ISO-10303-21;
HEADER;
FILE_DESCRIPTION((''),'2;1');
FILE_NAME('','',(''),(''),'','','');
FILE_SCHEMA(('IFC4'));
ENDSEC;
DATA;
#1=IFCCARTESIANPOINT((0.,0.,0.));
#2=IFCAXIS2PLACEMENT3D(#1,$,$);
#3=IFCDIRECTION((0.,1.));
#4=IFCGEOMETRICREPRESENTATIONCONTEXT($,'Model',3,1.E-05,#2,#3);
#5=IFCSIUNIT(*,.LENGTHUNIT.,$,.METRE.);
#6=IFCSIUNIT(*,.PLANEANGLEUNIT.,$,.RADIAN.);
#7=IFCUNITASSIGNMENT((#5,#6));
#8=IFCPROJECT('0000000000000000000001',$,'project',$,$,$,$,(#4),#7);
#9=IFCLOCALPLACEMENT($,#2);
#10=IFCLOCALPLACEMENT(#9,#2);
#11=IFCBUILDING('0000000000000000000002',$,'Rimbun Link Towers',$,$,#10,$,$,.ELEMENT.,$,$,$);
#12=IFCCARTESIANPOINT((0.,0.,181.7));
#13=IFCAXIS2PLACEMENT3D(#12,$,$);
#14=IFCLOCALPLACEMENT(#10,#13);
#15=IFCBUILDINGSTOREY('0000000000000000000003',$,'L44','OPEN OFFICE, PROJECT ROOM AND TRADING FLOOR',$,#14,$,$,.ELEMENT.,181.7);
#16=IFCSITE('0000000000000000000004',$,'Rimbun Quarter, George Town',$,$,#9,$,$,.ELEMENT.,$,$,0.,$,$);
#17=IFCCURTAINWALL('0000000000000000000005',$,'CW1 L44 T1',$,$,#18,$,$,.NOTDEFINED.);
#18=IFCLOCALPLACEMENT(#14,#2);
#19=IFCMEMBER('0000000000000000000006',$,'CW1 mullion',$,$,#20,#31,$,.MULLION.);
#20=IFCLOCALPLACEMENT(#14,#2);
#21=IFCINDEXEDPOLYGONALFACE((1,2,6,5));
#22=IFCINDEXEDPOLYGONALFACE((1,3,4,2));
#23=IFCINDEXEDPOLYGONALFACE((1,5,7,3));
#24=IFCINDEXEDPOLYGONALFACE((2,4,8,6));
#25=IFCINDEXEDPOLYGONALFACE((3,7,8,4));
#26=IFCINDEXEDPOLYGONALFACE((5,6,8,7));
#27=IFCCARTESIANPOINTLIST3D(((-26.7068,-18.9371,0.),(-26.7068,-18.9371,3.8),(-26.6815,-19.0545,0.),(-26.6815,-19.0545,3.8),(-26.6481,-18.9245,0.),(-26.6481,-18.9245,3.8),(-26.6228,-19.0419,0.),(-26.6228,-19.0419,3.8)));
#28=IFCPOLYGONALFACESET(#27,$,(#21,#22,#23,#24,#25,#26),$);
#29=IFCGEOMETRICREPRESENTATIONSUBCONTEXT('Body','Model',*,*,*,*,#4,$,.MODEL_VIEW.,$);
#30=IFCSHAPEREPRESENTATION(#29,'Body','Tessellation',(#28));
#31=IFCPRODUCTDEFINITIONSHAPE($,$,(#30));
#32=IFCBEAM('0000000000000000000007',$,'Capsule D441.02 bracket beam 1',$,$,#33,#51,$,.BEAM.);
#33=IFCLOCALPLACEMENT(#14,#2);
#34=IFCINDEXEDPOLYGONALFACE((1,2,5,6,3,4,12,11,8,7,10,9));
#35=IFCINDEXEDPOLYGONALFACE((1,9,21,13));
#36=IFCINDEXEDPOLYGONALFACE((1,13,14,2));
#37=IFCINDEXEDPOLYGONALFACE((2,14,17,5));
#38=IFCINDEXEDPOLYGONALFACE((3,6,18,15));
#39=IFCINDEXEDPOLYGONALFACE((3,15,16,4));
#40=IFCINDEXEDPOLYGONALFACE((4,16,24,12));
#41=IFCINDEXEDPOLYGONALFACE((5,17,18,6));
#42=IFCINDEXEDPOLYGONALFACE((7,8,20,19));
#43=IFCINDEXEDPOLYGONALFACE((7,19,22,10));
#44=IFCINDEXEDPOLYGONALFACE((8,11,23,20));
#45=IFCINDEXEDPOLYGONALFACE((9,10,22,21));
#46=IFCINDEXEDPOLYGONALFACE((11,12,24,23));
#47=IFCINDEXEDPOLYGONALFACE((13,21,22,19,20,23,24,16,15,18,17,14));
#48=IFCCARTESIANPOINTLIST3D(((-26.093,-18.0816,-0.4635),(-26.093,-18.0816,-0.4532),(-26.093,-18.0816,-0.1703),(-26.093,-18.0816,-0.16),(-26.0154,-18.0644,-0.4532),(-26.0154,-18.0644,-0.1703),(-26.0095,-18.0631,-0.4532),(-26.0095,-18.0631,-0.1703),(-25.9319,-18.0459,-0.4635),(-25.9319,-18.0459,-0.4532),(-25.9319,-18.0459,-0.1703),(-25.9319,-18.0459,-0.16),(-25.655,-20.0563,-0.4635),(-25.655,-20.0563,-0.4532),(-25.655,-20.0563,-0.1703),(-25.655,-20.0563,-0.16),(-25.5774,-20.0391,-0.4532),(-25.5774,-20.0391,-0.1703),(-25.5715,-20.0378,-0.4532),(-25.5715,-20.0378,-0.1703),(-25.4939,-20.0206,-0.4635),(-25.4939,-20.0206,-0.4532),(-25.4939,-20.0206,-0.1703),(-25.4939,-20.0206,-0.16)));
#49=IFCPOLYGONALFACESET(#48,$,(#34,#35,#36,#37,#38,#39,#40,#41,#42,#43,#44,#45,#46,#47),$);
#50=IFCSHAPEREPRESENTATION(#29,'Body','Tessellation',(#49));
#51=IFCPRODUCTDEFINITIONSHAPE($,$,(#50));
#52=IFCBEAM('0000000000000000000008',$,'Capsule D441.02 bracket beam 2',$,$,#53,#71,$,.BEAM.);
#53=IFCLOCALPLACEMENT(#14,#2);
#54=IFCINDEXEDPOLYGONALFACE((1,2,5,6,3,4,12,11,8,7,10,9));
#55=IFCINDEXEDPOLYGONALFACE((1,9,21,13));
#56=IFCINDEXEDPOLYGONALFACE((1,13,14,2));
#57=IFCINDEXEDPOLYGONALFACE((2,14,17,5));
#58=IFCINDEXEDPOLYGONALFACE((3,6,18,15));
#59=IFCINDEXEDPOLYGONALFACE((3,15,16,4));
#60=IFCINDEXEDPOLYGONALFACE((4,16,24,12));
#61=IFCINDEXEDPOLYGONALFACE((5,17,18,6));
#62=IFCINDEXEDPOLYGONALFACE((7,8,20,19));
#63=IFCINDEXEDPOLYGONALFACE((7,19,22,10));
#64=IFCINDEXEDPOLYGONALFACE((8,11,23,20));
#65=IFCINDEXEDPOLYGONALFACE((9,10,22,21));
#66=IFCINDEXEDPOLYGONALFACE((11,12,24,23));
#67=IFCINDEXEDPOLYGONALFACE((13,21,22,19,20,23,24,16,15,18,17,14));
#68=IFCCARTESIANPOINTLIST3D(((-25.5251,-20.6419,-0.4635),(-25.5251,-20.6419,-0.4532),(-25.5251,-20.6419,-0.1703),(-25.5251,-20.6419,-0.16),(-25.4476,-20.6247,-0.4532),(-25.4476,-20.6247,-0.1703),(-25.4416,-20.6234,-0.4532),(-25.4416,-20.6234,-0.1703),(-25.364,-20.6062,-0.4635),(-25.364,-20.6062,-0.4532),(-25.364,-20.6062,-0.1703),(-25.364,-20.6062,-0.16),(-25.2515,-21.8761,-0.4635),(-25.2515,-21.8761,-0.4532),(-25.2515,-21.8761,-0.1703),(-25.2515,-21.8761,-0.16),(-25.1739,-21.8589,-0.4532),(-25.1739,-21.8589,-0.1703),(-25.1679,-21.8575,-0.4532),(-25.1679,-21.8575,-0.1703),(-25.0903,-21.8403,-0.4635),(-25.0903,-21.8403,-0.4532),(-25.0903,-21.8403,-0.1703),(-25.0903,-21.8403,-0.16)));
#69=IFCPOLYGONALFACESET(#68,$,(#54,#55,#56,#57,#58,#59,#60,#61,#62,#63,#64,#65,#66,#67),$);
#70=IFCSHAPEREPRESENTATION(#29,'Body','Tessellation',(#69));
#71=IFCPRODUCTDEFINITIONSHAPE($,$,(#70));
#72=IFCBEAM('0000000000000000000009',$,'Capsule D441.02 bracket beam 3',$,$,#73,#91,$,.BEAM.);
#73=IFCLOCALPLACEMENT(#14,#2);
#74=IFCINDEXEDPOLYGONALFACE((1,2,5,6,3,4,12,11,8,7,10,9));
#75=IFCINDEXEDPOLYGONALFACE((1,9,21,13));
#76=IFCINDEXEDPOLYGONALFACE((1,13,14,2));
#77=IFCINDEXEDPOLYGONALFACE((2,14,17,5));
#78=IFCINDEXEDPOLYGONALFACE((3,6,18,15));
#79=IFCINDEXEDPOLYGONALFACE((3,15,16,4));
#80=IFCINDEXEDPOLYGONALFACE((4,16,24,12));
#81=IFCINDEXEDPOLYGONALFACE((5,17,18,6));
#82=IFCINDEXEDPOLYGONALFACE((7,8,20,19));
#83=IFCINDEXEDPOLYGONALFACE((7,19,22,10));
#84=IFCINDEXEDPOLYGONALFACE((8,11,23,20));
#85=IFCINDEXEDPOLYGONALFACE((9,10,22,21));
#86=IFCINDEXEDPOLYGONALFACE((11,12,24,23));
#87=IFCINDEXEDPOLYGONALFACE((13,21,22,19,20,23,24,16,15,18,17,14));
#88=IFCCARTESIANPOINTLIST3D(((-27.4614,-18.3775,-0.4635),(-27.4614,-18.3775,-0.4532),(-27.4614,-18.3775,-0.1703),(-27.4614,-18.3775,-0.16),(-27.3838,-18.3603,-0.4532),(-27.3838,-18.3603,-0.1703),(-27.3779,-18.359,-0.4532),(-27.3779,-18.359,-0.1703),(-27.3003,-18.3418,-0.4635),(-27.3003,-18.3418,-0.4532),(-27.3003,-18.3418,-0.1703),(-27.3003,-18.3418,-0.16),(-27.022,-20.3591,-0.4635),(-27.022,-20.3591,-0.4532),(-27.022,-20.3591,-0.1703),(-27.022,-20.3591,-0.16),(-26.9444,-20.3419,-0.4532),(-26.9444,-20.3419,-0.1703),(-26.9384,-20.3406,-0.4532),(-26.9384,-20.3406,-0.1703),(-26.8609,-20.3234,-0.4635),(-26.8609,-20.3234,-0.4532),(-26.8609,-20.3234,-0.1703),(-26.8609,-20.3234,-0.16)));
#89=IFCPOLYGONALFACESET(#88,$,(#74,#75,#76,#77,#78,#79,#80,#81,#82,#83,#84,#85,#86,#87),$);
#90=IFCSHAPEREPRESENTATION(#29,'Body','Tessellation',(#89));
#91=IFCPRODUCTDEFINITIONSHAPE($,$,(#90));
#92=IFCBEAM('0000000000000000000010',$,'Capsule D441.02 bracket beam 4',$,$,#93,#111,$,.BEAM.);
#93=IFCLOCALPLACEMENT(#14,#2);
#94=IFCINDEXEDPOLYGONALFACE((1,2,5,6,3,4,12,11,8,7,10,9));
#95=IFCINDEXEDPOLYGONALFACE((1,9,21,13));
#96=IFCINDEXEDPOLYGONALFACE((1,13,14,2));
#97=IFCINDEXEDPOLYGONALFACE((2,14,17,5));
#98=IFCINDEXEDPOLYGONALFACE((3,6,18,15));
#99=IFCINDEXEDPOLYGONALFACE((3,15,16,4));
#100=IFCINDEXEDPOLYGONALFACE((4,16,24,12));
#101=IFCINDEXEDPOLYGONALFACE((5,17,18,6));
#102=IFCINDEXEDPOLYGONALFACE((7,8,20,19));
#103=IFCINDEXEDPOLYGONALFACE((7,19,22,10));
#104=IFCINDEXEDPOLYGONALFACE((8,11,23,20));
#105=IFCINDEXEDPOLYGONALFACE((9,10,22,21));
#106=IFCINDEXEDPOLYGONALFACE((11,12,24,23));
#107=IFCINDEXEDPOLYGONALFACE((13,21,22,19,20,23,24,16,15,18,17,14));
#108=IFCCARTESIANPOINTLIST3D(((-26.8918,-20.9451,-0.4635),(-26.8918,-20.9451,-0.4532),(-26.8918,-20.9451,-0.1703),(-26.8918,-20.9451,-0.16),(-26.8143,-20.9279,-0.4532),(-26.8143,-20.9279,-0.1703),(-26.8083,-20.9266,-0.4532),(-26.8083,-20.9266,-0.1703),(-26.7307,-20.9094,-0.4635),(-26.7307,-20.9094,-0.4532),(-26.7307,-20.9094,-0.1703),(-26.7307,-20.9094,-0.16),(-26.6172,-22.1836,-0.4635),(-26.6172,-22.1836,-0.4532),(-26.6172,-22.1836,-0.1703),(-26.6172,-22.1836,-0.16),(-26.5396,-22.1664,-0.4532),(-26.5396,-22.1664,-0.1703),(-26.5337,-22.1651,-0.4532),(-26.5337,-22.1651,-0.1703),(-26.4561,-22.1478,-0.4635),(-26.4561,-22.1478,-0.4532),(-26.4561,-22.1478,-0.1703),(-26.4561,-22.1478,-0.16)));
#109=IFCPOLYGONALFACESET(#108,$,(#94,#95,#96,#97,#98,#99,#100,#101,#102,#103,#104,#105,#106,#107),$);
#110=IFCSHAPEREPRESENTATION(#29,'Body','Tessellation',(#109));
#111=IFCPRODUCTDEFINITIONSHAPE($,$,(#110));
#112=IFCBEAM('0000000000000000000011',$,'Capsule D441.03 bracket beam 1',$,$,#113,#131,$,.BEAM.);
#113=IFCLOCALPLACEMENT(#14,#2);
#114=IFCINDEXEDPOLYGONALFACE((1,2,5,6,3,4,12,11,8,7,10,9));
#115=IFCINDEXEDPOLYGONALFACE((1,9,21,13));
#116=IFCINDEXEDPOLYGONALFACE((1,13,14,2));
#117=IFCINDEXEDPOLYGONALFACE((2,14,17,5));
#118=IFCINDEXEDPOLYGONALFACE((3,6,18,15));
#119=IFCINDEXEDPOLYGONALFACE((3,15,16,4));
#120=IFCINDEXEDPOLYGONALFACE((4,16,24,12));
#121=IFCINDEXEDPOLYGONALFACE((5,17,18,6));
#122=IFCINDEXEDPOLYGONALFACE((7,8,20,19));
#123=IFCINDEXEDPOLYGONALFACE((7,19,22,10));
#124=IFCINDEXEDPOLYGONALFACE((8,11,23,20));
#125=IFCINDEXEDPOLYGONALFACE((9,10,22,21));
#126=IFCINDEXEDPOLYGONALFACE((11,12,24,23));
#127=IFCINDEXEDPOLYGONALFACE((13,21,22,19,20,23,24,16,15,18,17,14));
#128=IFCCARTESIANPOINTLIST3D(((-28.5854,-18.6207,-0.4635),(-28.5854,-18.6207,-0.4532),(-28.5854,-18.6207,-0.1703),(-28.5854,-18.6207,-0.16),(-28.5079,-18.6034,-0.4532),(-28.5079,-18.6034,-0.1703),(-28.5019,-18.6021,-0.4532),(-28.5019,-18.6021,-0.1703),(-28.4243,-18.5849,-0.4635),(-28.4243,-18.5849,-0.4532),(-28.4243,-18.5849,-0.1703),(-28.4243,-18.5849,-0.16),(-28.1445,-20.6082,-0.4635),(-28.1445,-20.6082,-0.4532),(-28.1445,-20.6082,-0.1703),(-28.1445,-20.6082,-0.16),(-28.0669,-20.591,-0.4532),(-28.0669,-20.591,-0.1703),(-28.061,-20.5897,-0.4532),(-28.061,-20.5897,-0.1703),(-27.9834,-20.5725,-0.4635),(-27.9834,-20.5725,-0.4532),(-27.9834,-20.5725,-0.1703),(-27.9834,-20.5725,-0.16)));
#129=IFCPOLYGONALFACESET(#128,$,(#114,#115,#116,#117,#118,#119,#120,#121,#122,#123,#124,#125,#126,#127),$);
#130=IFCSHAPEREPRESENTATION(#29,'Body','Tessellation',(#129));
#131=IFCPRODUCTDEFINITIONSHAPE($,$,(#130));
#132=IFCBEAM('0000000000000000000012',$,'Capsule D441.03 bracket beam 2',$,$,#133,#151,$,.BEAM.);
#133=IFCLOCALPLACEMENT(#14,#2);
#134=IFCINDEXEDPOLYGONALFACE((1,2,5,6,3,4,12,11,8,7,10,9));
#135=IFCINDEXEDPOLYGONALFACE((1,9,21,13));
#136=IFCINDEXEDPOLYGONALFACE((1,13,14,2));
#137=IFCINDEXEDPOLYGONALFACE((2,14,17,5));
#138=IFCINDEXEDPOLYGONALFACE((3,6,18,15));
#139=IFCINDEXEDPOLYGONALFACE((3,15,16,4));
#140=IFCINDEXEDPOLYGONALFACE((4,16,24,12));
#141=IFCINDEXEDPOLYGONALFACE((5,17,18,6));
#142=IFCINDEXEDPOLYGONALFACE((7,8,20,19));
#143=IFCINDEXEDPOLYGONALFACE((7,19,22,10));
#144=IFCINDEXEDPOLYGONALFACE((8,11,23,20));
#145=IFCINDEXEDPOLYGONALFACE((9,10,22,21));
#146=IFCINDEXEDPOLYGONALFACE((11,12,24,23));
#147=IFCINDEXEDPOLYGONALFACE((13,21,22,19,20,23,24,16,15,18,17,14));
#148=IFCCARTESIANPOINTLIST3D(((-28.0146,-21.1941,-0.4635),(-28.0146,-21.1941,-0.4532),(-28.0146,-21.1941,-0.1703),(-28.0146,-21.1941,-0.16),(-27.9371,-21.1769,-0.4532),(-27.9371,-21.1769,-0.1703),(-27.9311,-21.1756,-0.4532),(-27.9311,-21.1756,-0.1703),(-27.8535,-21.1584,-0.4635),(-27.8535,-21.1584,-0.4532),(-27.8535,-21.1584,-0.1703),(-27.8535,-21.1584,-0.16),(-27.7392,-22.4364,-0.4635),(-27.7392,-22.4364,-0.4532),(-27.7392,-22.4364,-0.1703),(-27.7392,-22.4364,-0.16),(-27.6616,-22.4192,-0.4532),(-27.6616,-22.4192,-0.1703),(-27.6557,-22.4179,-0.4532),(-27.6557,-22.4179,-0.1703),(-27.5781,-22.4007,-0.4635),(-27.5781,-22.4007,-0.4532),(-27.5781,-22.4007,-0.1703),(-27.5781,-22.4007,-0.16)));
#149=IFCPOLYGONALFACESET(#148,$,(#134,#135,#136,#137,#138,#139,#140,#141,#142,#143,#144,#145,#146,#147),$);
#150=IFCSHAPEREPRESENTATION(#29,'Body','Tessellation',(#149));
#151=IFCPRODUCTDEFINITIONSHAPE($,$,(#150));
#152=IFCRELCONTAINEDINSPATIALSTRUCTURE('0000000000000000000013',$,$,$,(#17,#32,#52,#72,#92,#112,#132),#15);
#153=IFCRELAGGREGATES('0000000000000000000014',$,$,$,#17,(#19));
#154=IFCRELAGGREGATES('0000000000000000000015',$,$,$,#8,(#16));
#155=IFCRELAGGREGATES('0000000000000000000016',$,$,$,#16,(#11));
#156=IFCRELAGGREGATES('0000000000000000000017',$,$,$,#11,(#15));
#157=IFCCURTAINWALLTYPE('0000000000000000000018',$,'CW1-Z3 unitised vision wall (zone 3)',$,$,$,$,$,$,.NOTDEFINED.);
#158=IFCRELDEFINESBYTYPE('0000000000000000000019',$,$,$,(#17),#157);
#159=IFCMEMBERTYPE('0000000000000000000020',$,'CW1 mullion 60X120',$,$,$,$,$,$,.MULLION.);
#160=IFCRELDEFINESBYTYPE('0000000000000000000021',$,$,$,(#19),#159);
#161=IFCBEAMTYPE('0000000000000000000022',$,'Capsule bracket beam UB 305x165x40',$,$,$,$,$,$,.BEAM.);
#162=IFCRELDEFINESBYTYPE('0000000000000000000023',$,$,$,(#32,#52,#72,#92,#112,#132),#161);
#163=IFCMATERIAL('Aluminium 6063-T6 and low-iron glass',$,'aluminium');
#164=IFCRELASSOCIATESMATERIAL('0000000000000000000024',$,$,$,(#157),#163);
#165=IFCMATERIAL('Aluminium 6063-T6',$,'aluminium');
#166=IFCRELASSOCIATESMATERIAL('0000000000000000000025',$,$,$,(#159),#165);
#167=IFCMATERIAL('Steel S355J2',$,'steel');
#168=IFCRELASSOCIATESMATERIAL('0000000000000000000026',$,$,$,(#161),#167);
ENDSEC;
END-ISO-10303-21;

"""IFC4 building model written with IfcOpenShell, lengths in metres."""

from ifc_helpers import new_model, si_unit, direction, frame, origin, origin_2d, place, context, subcontext, project, spatial, rectangle, i_section, extrude, material, material_profile, profile_set, type_object, element, aggregate, save


model = new_model("IFC4")

# Units and contexts
model_context = context("Model", 3, precision=1e-05, world=origin(), true_north=direction((0.0, 1.0)))
body_context = subcontext(model_context, "Body", "Model", "MODEL_VIEW")
ifc_project = project(units=[si_unit("LENGTHUNIT", "METRE"), si_unit("PLANEANGLEUNIT", "RADIAN")], contexts=[model_context])

# Site, building, storey
site_placement = place(None, origin())
site = spatial("IfcSite", under=ifc_project, at=site_placement, Name="Rimbun Quarter, George Town", CompositionType="ELEMENT", RefElevation=0.0)
building_placement = place(site_placement, origin())
building = spatial("IfcBuilding", under=site, at=building_placement, Name="Rimbun Link Towers", CompositionType="ELEMENT")
storey_placement = place(building_placement, frame((0.0, 0.0, 181.7)))
storey = spatial("IfcBuildingStorey", under=building, at=storey_placement, Name="L44", Description="OPEN OFFICE, PROJECT ROOM AND TRADING FLOOR", CompositionType="ELEMENT", Elevation=181.7)

# Curtain wall, member
ifc_material_1 = material(Name="Aluminium 6063-T6 and low-iron glass", Category="aluminium")
curtain_wall_type = type_object("IfcCurtainWallType", Name="CW1-Z3 unitised vision wall (zone 3)", PredefinedType="NOTDEFINED", material=ifc_material_1)
curtain_wall_placement = place(storey_placement, origin())
curtain_wall = element("IfcCurtainWall", 1, at=curtain_wall_placement, inside=storey, type_object=curtain_wall_type, Name="CW1 L44 T1", PredefinedType="NOTDEFINED")
ifc_material_2 = material(Name="Aluminium 6063-T6", Category="aluminium")
ifc_material_profile_1 = material_profile(ifc_material_2, rectangle(XDim=0.1201, YDim=0.0601, at=origin_2d()), Name="MULLION 60X120")
ifc_profile_set_1 = profile_set([ifc_material_profile_1], Name="Aluminium 6063-T6")
member_type = type_object("IfcMemberType", Name="CW1 mullion 60X120", PredefinedType="MULLION", material=ifc_profile_set_1)
member_placement = place(storey_placement, frame((-26.6648, -18.9895, 0.0), z_axis=(0.0, 0.0, 1.0), x_axis=(0.210877, -0.977513, 0.0)))
member = element("IfcMember", 2, at=member_placement, type_object=member_type, Name="CW1 mullion", PredefinedType="MULLION", context=body_context, shape_type="SweptSolid", body=[
    extrude(rectangle(XDim=0.1201, YDim=0.0601, at=origin_2d()), origin(), (0.0, 0.0, 1.0), 3.8),
])
aggregate(curtain_wall, [member])

# Beams
ifc_material_3 = material(Name="Steel S355J2", Category="steel")
ifc_material_profile_2 = material_profile(ifc_material_3, i_section(OverallWidth=0.165, OverallDepth=0.3035, WebThickness=0.0061, FlangeThickness=0.0103, at=origin_2d()), Name="UB 305x165x40")
ifc_profile_set_2 = profile_set([ifc_material_profile_2], Name="Steel S355J2")
beam_type = type_object("IfcBeamType", Name="Capsule bracket beam UB 305x165x40", PredefinedType="BEAM", material=ifc_profile_set_2)
beam_1_placement = place(storey_placement, frame((-26.0125, -18.0637, -0.3118), z_axis=(0.216547, -0.976272, 0.0), x_axis=(0.976272, 0.216547, 0.0)))
element("IfcBeam", 3, at=beam_1_placement, inside=storey, type_object=beam_type, Name="Capsule D441.02 bracket beam 1", PredefinedType="BEAM", context=body_context, shape_type="SweptSolid", body=[
    extrude(i_section(OverallWidth=0.165, OverallDepth=0.3035, WebThickness=0.0061, FlangeThickness=0.0103, at=origin_2d()), origin(), (0.0, 0.0, 1.0), 2.0227),
])
beam_2_placement = place(storey_placement, frame((-25.4446, -20.624, -0.3118), z_axis=(0.216501, -0.976282, 0.0), x_axis=(0.976282, 0.216501, 0.0)))
element("IfcBeam", 4, at=beam_2_placement, inside=storey, type_object=beam_type, Name="Capsule D441.02 bracket beam 2", PredefinedType="BEAM", context=body_context, shape_type="SweptSolid", body=[
    extrude(i_section(OverallWidth=0.165, OverallDepth=0.3035, WebThickness=0.0061, FlangeThickness=0.0103, at=origin_2d()), origin(), (0.0, 0.0, 1.0), 1.2642),
])
beam_3_placement = place(storey_placement, frame((-27.3809, -18.3596, -0.3118), z_axis=(0.216497, -0.976283, 0.0), x_axis=(0.976283, 0.216497, 0.0)))
element("IfcBeam", 5, at=beam_3_placement, inside=storey, type_object=beam_type, Name="Capsule D441.02 bracket beam 3", PredefinedType="BEAM", context=body_context, shape_type="SweptSolid", body=[
    extrude(i_section(OverallWidth=0.165, OverallDepth=0.3035, WebThickness=0.0061, FlangeThickness=0.0103, at=origin_2d()), origin(), (0.0, 0.0, 1.0), 2.0298),
])
beam_4_placement = place(storey_placement, frame((-26.8113, -20.9272, -0.3118), z_axis=(0.216503, -0.976282, 0.0), x_axis=(0.976282, 0.216503, 0.0)))
element("IfcBeam", 6, at=beam_4_placement, inside=storey, type_object=beam_type, Name="Capsule D441.02 bracket beam 4", PredefinedType="BEAM", context=body_context, shape_type="SweptSolid", body=[
    extrude(i_section(OverallWidth=0.165, OverallDepth=0.3035, WebThickness=0.0061, FlangeThickness=0.0103, at=origin_2d()), origin(), (0.0, 0.0, 1.0), 1.2686),
])
beam_5_placement = place(storey_placement, frame((-28.5049, -18.6028, -0.3118), z_axis=(0.216575, -0.976266, 0.0), x_axis=(0.976266, 0.216575, 0.0)))
element("IfcBeam", 7, at=beam_5_placement, inside=storey, type_object=beam_type, Name="Capsule D441.03 bracket beam 1", PredefinedType="BEAM", context=body_context, shape_type="SweptSolid", body=[
    extrude(i_section(OverallWidth=0.165, OverallDepth=0.3035, WebThickness=0.0061, FlangeThickness=0.0103, at=origin_2d()), origin(), (0.0, 0.0, 1.0), 2.0359),
])
beam_6_placement = place(storey_placement, frame((-27.9341, -21.1763, -0.3118), z_axis=(0.216443, -0.976295, 0.0), x_axis=(0.976295, 0.216443, 0.0)))
element("IfcBeam", 8, at=beam_6_placement, inside=storey, type_object=beam_type, Name="Capsule D441.03 bracket beam 2", PredefinedType="BEAM", context=body_context, shape_type="SweptSolid", body=[
    extrude(i_section(OverallWidth=0.165, OverallDepth=0.3035, WebThickness=0.0061, FlangeThickness=0.0103, at=origin_2d()), origin(), (0.0, 0.0, 1.0), 1.2725),
])

save(model, "model.ifc")
